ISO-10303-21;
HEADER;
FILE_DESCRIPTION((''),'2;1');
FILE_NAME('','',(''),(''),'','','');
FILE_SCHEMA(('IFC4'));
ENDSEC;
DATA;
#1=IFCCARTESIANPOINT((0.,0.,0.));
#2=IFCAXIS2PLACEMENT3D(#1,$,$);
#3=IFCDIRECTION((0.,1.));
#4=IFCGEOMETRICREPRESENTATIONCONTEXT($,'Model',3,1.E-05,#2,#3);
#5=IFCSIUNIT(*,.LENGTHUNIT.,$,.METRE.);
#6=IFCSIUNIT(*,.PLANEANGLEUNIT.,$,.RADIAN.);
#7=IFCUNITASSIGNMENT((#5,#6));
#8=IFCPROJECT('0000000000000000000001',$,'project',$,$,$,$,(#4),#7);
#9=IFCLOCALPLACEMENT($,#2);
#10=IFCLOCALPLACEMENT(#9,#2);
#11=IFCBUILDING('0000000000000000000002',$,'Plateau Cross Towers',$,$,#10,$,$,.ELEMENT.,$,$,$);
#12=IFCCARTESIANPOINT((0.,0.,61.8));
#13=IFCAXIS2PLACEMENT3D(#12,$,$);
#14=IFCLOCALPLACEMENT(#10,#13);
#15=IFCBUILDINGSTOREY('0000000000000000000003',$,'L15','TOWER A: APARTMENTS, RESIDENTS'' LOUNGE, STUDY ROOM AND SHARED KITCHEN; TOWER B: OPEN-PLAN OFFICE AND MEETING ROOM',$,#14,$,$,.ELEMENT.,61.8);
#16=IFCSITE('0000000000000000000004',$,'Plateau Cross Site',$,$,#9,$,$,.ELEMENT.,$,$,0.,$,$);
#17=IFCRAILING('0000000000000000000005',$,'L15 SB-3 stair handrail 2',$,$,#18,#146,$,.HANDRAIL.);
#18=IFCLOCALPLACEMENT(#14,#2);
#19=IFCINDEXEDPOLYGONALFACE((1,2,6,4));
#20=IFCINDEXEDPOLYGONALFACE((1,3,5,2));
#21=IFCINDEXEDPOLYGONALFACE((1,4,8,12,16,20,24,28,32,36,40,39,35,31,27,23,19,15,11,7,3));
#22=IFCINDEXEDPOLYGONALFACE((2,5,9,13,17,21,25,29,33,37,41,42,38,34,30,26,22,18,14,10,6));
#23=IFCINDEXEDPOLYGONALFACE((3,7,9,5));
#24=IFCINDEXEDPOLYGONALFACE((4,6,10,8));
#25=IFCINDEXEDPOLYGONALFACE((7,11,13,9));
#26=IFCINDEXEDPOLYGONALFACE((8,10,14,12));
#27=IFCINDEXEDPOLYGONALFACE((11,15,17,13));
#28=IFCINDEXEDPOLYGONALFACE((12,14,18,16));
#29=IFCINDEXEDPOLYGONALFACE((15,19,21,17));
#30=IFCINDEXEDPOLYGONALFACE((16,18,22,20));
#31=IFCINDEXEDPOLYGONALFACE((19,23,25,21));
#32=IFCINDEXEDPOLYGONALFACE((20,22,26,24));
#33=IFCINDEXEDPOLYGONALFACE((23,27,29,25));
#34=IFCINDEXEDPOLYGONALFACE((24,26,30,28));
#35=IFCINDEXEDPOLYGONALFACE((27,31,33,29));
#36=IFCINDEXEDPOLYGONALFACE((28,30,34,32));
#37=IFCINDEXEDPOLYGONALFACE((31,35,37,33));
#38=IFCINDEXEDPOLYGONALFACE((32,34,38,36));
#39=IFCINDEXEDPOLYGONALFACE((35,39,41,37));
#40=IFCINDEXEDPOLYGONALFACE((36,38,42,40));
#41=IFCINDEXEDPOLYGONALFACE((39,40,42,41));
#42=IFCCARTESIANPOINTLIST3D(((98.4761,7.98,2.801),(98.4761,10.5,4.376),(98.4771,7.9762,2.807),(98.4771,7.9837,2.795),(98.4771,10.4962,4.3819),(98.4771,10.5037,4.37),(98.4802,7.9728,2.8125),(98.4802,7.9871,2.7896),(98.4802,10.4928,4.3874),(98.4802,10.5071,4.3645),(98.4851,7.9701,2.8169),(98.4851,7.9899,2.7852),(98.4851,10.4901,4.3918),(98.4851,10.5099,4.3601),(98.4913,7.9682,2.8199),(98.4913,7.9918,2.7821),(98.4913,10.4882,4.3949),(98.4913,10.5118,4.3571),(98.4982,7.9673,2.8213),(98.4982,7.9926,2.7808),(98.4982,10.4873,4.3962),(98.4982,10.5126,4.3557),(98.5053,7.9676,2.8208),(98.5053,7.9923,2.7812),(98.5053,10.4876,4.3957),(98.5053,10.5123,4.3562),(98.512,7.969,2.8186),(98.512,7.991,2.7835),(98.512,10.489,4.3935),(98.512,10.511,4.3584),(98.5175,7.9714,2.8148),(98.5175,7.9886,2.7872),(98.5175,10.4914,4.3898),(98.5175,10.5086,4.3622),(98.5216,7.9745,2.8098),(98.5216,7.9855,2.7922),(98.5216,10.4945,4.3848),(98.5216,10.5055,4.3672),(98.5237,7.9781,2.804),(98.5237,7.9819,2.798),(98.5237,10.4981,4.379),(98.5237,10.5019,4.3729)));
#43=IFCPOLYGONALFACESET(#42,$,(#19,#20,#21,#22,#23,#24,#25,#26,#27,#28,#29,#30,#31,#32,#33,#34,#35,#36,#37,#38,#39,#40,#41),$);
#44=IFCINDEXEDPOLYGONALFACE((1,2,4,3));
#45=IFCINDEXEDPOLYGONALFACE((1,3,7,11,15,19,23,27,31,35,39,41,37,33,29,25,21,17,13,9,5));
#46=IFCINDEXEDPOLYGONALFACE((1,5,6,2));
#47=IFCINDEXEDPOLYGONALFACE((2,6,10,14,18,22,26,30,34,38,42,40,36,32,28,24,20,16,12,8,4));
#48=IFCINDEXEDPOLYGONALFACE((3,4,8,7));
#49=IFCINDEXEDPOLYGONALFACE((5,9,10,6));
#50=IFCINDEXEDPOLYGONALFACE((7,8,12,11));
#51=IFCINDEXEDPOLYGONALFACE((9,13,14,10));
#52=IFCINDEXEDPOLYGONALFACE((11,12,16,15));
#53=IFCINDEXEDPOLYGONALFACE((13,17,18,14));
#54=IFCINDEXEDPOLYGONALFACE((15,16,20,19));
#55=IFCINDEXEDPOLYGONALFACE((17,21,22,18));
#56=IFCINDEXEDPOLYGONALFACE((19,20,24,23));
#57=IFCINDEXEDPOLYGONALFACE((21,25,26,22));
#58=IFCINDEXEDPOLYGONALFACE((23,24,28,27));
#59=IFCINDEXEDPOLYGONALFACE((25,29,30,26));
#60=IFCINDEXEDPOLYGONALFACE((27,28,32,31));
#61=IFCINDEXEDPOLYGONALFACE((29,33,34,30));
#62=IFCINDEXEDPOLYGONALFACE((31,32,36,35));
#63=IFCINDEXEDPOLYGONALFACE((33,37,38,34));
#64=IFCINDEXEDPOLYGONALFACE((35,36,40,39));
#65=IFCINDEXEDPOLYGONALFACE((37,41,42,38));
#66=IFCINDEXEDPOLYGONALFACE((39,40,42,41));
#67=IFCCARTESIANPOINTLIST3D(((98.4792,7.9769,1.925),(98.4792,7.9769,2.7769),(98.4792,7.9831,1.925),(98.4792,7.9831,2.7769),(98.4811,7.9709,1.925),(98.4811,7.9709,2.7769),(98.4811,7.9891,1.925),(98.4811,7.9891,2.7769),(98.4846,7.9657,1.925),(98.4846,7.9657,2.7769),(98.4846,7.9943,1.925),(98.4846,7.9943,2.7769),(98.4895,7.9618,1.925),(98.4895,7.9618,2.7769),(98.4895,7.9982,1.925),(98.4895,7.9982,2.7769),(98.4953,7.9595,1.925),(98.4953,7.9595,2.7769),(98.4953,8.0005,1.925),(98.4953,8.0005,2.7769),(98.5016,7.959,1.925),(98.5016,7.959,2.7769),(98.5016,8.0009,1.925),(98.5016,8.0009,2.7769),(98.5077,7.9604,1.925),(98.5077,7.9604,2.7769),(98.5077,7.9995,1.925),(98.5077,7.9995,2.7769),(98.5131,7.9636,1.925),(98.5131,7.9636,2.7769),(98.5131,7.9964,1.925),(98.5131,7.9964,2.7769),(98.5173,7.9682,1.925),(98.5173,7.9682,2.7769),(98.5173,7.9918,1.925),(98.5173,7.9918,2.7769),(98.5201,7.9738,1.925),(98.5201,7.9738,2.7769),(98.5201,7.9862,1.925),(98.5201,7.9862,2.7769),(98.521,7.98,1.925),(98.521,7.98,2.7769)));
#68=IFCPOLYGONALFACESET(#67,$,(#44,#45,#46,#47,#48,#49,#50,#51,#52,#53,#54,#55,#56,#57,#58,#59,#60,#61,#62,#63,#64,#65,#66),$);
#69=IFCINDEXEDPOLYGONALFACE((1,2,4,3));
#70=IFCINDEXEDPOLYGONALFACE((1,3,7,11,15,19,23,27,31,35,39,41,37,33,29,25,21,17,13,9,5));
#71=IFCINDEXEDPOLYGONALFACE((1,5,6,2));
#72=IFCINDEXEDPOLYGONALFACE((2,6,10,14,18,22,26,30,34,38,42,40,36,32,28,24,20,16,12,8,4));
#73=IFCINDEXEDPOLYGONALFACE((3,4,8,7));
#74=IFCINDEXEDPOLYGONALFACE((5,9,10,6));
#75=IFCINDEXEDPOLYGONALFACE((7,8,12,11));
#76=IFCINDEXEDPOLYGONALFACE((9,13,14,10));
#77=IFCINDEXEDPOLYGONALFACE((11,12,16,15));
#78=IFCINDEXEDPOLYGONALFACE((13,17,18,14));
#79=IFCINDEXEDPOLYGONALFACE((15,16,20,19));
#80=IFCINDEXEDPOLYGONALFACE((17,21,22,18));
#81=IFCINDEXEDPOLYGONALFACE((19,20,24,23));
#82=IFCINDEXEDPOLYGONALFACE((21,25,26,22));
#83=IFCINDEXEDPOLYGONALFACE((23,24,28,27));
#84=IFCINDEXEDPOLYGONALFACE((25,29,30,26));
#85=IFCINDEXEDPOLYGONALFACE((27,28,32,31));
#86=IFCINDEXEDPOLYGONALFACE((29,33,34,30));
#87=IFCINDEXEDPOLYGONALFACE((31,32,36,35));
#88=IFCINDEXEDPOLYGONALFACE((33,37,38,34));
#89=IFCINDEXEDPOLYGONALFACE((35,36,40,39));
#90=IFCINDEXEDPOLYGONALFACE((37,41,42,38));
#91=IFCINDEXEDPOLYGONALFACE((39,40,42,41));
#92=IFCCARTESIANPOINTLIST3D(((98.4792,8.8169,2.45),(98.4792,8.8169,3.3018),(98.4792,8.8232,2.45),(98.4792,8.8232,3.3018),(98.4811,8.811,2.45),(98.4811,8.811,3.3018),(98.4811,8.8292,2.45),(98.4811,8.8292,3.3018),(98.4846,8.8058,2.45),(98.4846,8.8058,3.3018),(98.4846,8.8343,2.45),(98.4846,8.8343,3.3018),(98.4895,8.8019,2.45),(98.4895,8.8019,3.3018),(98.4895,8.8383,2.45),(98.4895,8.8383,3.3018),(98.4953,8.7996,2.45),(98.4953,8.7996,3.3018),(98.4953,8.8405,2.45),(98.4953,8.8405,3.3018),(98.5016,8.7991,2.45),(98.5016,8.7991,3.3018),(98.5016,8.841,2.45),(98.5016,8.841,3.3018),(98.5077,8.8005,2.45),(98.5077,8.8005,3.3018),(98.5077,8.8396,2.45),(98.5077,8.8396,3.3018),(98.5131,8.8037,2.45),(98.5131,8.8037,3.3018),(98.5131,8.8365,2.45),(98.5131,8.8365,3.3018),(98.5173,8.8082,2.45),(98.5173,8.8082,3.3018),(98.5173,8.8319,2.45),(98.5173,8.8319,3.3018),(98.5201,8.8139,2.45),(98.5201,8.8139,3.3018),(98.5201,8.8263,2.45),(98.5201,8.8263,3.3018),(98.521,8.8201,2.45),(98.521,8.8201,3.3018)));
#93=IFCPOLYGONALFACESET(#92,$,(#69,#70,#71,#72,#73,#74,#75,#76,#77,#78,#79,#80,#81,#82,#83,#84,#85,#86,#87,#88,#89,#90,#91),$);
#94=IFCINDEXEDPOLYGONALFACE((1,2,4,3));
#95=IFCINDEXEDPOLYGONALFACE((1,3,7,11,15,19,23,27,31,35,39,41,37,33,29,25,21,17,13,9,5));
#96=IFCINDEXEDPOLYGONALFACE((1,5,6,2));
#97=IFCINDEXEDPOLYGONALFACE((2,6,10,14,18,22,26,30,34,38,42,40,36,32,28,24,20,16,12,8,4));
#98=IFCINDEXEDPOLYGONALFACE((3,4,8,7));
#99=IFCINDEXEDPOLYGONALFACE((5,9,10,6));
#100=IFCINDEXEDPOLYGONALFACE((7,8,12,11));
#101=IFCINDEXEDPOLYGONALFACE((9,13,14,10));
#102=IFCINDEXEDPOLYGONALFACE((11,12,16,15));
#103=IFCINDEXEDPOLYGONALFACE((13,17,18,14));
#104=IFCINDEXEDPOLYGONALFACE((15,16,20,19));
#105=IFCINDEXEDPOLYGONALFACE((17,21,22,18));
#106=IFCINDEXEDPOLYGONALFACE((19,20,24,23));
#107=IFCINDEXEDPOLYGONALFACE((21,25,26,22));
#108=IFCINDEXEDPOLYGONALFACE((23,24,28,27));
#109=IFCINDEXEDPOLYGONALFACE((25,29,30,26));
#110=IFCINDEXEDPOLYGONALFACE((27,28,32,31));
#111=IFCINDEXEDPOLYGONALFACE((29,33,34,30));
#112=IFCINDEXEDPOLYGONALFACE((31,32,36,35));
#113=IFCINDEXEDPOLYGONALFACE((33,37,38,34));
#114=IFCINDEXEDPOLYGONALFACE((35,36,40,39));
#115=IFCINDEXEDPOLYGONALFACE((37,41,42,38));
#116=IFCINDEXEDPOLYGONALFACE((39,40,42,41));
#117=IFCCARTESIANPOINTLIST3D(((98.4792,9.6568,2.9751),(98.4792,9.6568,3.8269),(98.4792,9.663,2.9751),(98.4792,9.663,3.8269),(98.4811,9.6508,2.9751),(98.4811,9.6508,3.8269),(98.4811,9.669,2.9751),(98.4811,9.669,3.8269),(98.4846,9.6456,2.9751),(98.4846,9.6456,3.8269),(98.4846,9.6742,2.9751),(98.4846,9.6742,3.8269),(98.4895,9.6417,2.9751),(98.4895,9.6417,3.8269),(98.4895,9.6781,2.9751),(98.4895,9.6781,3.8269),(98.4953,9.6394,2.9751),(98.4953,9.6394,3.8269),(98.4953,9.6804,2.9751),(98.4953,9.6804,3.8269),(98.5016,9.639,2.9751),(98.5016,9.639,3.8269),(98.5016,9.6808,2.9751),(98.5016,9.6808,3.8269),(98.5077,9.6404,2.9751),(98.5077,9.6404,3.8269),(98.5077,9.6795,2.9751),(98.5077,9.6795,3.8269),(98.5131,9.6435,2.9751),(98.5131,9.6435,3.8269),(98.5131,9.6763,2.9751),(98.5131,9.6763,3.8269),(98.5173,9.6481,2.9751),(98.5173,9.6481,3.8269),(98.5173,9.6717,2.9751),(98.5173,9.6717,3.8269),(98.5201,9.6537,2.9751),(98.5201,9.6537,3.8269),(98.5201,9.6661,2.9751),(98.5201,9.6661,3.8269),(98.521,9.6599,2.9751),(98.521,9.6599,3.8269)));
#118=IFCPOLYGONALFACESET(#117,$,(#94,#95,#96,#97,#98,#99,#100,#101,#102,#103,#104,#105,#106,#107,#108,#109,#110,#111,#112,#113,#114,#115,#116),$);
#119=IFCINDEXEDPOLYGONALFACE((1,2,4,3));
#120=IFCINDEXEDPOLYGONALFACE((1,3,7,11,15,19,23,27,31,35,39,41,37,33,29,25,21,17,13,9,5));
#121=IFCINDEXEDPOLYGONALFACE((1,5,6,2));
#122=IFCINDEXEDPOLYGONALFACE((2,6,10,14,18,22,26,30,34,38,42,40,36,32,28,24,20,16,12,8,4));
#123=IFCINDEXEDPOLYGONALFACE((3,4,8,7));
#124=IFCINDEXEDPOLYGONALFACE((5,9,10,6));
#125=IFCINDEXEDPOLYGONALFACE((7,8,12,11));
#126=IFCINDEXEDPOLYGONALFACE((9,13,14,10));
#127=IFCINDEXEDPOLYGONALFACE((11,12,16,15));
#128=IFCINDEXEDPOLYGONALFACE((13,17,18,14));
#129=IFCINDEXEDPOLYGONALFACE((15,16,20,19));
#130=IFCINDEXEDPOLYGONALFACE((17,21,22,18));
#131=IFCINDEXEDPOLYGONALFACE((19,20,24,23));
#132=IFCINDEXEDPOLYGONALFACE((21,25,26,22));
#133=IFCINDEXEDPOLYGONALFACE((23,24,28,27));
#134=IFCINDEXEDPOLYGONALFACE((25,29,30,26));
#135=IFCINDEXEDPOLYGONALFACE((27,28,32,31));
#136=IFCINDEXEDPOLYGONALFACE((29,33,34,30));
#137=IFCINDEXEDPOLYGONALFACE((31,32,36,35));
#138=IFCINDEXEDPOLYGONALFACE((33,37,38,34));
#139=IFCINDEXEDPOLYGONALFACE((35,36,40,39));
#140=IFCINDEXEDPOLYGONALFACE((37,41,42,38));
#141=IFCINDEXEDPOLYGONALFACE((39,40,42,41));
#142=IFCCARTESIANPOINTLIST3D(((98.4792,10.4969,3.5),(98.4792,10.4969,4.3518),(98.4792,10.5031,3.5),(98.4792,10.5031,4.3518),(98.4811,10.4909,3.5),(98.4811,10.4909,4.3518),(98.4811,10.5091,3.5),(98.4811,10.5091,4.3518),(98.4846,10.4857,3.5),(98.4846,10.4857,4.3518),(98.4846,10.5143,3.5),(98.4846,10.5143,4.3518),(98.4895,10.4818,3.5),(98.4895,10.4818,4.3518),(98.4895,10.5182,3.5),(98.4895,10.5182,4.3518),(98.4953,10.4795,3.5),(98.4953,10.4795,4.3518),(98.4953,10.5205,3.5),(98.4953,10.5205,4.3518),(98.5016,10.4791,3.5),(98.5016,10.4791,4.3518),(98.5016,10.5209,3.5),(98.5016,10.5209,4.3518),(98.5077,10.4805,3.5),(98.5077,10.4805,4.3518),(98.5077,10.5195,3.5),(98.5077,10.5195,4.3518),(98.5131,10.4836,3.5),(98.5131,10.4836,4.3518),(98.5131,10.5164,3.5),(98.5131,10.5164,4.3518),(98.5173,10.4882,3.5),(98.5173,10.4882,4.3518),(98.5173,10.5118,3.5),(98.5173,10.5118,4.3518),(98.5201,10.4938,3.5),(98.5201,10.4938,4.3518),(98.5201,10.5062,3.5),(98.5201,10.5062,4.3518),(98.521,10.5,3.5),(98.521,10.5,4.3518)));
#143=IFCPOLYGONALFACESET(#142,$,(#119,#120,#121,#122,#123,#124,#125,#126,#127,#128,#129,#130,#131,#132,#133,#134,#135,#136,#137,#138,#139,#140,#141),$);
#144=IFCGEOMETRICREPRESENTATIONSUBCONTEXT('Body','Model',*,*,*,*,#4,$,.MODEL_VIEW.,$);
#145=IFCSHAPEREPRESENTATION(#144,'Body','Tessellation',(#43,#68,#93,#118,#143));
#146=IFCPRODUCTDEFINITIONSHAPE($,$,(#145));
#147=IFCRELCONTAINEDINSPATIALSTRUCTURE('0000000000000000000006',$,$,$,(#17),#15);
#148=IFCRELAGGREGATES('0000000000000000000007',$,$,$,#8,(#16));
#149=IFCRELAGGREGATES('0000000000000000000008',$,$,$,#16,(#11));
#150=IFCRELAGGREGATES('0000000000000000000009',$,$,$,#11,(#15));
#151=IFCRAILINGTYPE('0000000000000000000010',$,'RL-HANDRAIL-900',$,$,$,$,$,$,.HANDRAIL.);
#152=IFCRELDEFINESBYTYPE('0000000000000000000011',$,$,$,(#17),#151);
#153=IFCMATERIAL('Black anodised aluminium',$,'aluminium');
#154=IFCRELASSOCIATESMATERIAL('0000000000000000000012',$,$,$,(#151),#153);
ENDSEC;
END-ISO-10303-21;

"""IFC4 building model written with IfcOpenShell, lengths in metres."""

from ifc_helpers import new_model, si_unit, direction, frame, origin, origin_2d, place, context, subcontext, project, spatial, circle, extrude, material, type_object, element, save


model = new_model("IFC4")

# Units and contexts
model_context = context("Model", 3, precision=1e-05, world=origin(), true_north=direction((0.0, 1.0)))
body_context = subcontext(model_context, "Body", "Model", "MODEL_VIEW")
ifc_project = project(units=[si_unit("LENGTHUNIT", "METRE"), si_unit("PLANEANGLEUNIT", "RADIAN")], contexts=[model_context])

# Site, building, storey
site_placement = place(None, origin())
site = spatial("IfcSite", under=ifc_project, at=site_placement, Name="Plateau Cross Site", CompositionType="ELEMENT", RefElevation=0.0)
building_placement = place(site_placement, origin())
building = spatial("IfcBuilding", under=site, at=building_placement, Name="Plateau Cross Towers", CompositionType="ELEMENT")
storey_placement = place(building_placement, frame((0.0, 0.0, 61.8)))
storey = spatial("IfcBuildingStorey", under=building, at=storey_placement, Name="L15", Description="TOWER A: APARTMENTS, RESIDENTS' LOUNGE, STUDY ROOM AND SHARED KITCHEN; TOWER B: OPEN-PLAN OFFICE AND MEETING ROOM", CompositionType="ELEMENT", Elevation=61.8)

# Shared definitions
ifc_material_1 = material(Name="Black anodised aluminium", Category="aluminium")

# Railing
railing_type_1 = type_object("IfcRailingType", Name="RL-HANDRAIL-900", PredefinedType="HANDRAIL", material=ifc_material_1)
railing_1_placement = place(storey_placement, frame((98.5, 7.98, 1.925)))
element("IfcRailing", 1, at=railing_1_placement, inside=storey, type_object=railing_type_1, Name="L15 SB-3 stair handrail 2", PredefinedType="HANDRAIL", context=body_context, shape_type="SweptSolid", body=[
    extrude(circle(Radius=0.0239, at=origin_2d()), frame((0.0, 0.0, 0.876), z_axis=(0.0, 0.848008, 0.529984), x_axis=(-1.0, 0.0, 0.0)), (0.0, 0.0, 1.0), 2.9717),
    extrude(circle(Radius=0.021, at=origin_2d()), origin(), (0.0, 0.0, 1.0), 0.8518),
    extrude(circle(Radius=0.021, at=origin_2d()), frame((0.0, 0.8401, 0.5249)), (0.0, 0.0, 1.0), 0.8518),
    extrude(circle(Radius=0.021, at=origin_2d()), frame((0.0, 1.6799, 1.05)), (0.0, 0.0, 1.0), 0.8518),
    extrude(circle(Radius=0.021, at=origin_2d()), frame((0.0, 2.52, 1.575)), (0.0, 0.0, 1.0), 0.8518),
])

save(model, "model.ifc")
